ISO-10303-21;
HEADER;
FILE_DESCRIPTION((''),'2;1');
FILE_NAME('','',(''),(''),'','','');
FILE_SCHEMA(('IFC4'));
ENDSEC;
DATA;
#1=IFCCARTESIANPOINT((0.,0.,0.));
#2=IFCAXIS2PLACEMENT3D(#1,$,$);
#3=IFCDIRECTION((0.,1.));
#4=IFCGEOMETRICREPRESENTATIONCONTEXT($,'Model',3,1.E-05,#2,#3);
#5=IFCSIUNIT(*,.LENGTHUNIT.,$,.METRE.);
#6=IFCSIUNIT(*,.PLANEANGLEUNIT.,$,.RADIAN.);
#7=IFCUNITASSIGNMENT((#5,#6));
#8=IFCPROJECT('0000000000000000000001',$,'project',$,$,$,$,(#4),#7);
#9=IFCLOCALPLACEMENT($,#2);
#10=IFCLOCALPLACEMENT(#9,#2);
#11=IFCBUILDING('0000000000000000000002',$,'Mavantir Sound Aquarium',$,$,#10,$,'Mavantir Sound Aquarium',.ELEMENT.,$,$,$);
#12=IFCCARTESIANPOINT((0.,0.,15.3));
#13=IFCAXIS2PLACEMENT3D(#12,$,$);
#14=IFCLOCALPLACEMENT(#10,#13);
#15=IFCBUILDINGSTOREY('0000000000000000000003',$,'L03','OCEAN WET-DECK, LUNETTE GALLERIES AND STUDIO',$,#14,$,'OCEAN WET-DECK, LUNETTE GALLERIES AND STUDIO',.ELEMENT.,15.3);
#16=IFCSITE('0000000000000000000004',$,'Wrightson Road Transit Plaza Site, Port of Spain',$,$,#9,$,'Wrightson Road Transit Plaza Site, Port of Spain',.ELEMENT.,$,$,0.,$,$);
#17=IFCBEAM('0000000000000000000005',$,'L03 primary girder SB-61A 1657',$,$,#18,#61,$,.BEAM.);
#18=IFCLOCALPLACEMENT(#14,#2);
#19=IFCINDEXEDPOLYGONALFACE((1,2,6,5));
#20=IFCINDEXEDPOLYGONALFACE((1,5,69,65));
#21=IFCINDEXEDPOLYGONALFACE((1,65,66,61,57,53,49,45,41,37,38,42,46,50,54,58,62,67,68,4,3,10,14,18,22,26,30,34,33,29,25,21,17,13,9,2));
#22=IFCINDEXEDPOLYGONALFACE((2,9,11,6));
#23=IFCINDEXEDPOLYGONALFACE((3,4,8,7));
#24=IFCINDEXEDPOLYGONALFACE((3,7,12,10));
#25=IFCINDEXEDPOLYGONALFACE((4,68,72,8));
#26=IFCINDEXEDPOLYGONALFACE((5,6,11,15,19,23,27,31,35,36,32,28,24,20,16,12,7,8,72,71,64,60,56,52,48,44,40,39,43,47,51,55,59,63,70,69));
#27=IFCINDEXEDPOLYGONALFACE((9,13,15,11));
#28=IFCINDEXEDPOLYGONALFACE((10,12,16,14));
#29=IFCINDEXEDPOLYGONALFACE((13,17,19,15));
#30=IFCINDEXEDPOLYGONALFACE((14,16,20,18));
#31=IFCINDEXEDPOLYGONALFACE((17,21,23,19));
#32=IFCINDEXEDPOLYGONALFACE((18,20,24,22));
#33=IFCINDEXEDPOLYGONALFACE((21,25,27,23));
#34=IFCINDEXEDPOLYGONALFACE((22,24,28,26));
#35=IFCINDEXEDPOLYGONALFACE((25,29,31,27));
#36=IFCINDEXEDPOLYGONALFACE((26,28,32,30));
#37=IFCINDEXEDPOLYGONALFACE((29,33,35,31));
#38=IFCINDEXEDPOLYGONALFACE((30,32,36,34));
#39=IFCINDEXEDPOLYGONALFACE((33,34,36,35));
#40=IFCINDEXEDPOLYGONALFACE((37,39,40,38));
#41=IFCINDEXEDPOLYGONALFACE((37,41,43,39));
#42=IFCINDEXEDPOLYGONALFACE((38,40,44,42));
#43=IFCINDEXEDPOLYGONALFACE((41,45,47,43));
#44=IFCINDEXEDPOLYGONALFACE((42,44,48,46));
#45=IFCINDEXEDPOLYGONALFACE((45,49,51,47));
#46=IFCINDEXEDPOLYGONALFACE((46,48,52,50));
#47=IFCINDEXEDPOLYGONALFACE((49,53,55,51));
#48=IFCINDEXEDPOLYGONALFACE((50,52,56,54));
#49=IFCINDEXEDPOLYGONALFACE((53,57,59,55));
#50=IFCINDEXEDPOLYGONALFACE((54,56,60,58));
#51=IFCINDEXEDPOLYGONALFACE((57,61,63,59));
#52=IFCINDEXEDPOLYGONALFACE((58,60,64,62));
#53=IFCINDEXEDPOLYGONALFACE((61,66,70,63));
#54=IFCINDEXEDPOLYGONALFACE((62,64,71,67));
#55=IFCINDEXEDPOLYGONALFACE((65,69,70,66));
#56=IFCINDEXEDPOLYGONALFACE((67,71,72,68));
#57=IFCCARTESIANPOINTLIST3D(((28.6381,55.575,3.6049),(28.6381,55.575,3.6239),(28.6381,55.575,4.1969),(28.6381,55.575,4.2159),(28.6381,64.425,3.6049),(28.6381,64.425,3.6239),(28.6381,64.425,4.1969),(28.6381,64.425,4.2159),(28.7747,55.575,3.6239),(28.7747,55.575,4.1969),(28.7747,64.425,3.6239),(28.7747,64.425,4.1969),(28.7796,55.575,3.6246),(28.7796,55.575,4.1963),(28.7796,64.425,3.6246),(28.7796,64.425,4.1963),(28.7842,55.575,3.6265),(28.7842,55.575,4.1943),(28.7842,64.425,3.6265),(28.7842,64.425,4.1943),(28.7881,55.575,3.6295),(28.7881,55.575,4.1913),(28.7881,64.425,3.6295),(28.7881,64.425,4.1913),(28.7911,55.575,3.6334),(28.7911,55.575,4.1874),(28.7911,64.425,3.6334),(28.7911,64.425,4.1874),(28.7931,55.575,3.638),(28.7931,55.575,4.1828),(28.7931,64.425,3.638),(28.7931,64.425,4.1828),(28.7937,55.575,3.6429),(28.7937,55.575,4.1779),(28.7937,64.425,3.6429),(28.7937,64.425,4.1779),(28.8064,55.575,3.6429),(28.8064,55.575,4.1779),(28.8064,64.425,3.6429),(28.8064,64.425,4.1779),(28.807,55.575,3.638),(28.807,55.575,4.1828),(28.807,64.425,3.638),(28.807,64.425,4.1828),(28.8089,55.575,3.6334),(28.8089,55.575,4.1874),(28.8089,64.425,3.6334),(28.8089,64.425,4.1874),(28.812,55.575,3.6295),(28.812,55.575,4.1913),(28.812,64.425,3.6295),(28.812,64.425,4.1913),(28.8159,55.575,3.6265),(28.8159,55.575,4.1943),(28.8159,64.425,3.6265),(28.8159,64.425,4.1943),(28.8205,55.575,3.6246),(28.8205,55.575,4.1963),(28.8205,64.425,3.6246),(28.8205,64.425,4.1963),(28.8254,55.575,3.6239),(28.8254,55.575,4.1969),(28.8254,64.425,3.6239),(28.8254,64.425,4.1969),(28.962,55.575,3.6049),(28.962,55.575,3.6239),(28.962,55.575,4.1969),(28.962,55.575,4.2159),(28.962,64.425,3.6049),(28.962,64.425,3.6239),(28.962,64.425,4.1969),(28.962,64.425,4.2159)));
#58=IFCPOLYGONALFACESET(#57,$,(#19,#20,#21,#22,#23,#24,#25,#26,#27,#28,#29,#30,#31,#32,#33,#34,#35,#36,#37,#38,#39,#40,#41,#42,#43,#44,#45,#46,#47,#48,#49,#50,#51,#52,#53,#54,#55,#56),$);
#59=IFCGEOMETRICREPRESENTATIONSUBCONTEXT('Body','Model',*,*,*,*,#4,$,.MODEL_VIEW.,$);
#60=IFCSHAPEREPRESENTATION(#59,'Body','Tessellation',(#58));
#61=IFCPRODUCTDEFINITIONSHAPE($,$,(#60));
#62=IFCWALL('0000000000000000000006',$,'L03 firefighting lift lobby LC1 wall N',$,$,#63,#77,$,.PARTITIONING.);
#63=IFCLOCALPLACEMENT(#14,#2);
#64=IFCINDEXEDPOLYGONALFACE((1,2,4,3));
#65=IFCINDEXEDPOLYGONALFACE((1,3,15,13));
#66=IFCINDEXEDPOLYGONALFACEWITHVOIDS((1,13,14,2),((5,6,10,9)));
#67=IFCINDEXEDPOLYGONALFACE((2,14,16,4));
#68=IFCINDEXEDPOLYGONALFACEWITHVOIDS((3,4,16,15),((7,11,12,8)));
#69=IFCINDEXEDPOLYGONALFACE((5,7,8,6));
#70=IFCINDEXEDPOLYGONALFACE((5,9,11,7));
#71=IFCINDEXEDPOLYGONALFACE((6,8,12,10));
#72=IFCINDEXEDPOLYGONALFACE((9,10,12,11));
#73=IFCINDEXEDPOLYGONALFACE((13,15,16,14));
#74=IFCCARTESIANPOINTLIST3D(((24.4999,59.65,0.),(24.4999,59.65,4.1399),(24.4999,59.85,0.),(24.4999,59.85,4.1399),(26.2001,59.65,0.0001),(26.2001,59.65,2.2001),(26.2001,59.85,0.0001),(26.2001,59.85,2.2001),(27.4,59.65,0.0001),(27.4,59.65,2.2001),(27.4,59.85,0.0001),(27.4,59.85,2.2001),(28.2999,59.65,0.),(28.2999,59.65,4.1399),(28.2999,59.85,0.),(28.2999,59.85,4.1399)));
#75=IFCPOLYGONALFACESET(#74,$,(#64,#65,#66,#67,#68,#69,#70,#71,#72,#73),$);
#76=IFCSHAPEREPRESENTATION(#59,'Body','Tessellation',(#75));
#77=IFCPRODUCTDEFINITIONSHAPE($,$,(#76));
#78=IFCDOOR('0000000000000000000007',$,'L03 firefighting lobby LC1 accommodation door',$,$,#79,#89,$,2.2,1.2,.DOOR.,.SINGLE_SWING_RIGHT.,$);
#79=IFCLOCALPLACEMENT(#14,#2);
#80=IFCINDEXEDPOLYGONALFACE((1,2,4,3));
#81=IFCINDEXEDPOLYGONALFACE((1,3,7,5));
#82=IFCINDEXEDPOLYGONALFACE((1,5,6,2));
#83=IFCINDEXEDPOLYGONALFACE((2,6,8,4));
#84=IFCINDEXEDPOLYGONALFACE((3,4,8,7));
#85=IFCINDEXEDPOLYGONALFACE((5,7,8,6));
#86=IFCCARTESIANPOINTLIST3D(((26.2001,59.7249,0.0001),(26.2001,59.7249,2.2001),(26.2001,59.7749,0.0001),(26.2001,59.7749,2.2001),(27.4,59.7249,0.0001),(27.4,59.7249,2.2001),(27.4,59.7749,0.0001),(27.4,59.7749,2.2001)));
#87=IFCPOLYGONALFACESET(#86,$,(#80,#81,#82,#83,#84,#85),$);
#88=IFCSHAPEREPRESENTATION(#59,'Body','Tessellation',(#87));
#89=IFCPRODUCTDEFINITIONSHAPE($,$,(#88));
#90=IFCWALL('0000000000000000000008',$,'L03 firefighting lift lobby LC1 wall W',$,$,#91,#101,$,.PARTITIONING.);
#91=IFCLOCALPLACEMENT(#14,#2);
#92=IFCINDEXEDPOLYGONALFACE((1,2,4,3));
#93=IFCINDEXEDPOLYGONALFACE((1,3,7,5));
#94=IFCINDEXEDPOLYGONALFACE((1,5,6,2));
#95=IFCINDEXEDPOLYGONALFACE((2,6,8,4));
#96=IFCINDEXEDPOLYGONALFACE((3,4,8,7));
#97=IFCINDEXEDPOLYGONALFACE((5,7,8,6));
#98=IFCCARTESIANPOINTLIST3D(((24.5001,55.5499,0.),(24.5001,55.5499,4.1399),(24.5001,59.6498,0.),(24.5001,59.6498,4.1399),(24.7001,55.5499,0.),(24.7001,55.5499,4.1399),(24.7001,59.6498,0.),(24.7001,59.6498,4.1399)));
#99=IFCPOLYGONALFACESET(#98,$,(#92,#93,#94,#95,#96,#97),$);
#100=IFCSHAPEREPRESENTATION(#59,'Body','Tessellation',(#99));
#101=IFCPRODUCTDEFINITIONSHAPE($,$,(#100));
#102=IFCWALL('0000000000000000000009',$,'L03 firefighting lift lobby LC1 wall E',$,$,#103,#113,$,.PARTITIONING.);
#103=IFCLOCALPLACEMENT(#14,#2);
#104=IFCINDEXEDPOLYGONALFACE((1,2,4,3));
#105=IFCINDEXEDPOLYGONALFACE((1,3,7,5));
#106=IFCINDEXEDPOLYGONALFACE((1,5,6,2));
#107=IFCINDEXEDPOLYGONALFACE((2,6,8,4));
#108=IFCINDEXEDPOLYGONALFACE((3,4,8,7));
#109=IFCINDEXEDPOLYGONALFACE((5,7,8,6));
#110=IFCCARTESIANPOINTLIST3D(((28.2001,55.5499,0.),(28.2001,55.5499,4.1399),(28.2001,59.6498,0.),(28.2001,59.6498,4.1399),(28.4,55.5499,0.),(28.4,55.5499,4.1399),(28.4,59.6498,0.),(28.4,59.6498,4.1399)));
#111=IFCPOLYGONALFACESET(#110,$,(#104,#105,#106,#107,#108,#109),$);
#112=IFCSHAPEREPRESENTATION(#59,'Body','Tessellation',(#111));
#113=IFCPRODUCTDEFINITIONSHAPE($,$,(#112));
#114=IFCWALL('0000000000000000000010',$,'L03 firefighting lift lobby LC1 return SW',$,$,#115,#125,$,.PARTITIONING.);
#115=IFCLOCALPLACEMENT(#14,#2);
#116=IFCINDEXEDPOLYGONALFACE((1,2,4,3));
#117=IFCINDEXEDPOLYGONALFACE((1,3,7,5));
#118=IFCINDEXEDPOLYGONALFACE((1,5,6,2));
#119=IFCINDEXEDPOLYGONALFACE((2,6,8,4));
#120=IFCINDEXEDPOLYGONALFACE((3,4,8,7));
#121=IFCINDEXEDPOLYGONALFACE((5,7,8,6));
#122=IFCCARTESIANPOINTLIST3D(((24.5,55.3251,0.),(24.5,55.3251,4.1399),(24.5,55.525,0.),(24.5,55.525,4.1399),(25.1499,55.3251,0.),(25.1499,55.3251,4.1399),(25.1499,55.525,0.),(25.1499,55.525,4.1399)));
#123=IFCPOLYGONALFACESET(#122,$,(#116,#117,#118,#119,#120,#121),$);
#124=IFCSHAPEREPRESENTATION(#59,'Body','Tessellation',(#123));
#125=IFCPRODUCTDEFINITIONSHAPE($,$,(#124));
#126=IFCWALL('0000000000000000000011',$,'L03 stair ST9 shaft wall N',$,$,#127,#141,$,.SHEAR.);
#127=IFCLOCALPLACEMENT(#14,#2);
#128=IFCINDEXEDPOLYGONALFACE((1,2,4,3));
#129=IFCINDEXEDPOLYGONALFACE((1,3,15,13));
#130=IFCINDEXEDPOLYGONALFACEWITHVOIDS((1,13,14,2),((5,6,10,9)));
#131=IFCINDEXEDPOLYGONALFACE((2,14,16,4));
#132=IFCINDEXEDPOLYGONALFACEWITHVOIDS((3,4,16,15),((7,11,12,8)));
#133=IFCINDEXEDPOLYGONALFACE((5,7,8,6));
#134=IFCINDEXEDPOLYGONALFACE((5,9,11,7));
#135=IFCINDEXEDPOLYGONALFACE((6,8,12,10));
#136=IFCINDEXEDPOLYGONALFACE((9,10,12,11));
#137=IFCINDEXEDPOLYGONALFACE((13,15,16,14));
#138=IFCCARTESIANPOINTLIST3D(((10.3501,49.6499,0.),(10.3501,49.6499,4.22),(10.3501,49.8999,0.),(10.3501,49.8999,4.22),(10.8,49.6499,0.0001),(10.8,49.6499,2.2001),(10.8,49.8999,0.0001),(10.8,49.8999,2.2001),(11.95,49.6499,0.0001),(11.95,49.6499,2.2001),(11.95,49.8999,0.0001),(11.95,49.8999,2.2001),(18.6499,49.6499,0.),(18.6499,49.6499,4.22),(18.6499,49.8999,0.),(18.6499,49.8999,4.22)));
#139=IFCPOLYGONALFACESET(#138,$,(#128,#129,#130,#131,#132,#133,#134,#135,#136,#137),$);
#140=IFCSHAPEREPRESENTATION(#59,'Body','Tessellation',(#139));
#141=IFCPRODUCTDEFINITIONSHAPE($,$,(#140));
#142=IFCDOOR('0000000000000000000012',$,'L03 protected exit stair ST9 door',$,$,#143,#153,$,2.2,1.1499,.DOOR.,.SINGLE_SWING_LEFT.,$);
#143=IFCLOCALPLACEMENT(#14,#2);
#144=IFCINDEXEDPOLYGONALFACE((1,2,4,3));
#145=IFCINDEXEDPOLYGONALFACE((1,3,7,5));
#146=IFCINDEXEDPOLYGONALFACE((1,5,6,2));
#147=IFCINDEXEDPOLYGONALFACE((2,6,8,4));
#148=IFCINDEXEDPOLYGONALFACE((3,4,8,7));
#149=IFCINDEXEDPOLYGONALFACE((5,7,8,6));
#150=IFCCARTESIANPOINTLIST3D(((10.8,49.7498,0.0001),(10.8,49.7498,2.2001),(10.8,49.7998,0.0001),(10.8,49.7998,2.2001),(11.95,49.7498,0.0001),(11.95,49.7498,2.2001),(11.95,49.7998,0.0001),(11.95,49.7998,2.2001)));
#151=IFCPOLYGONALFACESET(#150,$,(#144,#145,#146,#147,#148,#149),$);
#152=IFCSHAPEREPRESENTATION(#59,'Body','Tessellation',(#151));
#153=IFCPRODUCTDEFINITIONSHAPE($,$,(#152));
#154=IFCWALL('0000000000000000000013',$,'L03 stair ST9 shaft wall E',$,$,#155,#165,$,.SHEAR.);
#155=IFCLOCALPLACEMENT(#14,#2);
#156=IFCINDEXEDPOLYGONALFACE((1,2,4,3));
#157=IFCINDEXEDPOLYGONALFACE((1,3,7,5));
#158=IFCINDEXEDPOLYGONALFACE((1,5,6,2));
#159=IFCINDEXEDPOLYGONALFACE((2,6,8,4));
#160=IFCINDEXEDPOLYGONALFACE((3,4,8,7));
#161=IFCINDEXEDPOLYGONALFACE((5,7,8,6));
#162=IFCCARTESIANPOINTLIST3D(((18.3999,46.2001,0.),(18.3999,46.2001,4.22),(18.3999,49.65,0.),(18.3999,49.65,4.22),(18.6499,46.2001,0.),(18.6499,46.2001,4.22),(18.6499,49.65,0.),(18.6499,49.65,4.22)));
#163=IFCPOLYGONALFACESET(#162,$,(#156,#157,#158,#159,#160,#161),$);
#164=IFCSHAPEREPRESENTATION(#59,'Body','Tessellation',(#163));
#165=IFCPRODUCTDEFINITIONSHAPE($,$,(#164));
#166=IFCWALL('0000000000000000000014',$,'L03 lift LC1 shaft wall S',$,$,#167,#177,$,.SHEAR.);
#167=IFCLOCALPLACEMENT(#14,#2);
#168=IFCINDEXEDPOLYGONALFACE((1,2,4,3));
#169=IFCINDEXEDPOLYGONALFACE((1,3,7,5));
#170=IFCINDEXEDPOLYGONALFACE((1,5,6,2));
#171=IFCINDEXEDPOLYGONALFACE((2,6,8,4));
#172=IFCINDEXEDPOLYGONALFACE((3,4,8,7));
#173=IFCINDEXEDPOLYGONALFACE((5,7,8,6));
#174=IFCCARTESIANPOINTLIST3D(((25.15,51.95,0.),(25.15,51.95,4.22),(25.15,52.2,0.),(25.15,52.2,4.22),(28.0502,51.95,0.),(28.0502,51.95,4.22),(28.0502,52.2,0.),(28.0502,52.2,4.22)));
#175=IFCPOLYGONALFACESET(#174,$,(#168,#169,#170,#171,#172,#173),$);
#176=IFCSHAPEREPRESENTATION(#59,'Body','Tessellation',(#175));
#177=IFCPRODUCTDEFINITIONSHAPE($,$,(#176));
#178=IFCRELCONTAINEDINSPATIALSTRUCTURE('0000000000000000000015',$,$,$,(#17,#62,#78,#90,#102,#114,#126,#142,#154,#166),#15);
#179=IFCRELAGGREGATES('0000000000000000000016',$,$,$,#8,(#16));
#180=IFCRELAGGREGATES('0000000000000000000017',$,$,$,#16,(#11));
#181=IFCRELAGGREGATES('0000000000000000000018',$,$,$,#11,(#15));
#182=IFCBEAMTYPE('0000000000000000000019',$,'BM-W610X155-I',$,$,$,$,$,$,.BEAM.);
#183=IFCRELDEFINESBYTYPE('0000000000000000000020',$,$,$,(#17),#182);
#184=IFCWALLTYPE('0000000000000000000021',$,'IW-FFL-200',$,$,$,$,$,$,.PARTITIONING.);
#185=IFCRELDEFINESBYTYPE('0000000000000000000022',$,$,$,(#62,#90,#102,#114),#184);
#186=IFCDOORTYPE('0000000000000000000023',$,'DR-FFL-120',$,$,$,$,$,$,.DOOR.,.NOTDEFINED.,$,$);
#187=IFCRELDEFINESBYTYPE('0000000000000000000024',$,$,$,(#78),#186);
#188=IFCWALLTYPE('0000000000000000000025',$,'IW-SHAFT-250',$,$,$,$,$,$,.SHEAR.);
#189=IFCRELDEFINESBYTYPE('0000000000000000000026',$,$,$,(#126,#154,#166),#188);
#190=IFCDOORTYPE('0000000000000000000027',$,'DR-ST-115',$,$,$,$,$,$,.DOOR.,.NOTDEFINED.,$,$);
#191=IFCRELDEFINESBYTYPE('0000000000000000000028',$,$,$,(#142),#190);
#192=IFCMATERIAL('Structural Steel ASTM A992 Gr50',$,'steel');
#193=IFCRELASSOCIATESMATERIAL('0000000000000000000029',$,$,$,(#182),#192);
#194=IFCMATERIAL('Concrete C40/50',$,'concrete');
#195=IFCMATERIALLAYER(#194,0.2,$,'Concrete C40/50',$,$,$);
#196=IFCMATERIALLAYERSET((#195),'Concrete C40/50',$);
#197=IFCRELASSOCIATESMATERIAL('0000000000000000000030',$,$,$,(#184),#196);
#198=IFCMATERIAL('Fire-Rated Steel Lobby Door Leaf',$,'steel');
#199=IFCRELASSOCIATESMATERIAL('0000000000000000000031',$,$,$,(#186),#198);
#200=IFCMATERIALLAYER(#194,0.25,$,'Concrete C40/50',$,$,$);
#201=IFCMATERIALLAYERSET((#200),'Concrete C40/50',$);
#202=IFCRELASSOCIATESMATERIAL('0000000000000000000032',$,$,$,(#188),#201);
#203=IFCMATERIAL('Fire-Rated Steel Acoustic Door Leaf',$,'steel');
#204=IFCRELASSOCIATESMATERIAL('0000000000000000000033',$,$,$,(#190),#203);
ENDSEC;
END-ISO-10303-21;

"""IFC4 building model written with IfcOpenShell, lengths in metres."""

from ifc_helpers import new_model, si_unit, direction, frame, frame_2d, origin, origin_2d, place, context, subcontext, project, spatial, rectangle, i_section, extrude, material, layer, layer_set, material_profile, profile_set, type_object, element, fill, save


model = new_model("IFC4")

# Units and contexts
model_context = context("Model", 3, precision=1e-05, world=origin(), true_north=direction((0.0, 1.0)))
body_context = subcontext(model_context, "Body", "Model", "MODEL_VIEW")
ifc_project = project(units=[si_unit("LENGTHUNIT", "METRE"), si_unit("PLANEANGLEUNIT", "RADIAN")], contexts=[model_context])

# Site, building, storey
site_placement = place(None, origin())
site = spatial("IfcSite", under=ifc_project, at=site_placement, Name="Wrightson Road Transit Plaza Site, Port of Spain", LongName="Wrightson Road Transit Plaza Site, Port of Spain", CompositionType="ELEMENT", RefElevation=0.0)
building_placement = place(site_placement, origin())
building = spatial("IfcBuilding", under=site, at=building_placement, Name="Mavantir Sound Aquarium", LongName="Mavantir Sound Aquarium", CompositionType="ELEMENT")
storey_placement = place(building_placement, frame((0.0, 0.0, 15.3)))
storey = spatial("IfcBuildingStorey", under=building, at=storey_placement, Name="L03", Description="OCEAN WET-DECK, LUNETTE GALLERIES AND STUDIO", LongName="OCEAN WET-DECK, LUNETTE GALLERIES AND STUDIO", CompositionType="ELEMENT", Elevation=15.3)

# Shared definitions
ifc_material_1 = material(Name="Concrete C40/50", Category="concrete")

# Beam
ifc_material_2 = material(Name="Structural Steel ASTM A992 Gr50", Category="steel")
ifc_material_profile_1 = material_profile(ifc_material_2, i_section(OverallWidth=0.324, OverallDepth=0.6111, WebThickness=0.0127, FlangeThickness=0.019, FilletRadius=0.019, at=origin_2d()), Name="W610X155")
ifc_profile_set_1 = profile_set([ifc_material_profile_1], Name="Structural Steel ASTM A992 Gr50")
beam_type_1 = type_object("IfcBeamType", Name="BM-W610X155-I", PredefinedType="BEAM", material=ifc_profile_set_1)
beam_1_placement = place(storey_placement, frame((28.8, 55.575, 3.9104), z_axis=(0.0, 1.0, 0.0), x_axis=(-1.0, 0.0, 0.0)))
element("IfcBeam", 1, at=beam_1_placement, inside=storey, type_object=beam_type_1, Name="L03 primary girder SB-61A 1657", PredefinedType="BEAM", context=body_context, shape_type="SweptSolid", body=[
    extrude(i_section(OverallWidth=0.324, OverallDepth=0.6111, WebThickness=0.0127, FlangeThickness=0.019, FilletRadius=0.019, at=origin_2d()), origin(), (0.0, 0.0, 1.0), 8.8501),
])

# Wall, opening, door
ifc_layer_1 = layer(ifc_material_1, 0.2, Name="Concrete C40/50")
ifc_layer_set_1 = layer_set([ifc_layer_1], Name="Concrete C40/50")
wall_type_1 = type_object("IfcWallType", Name="IW-FFL-200", PredefinedType="PARTITIONING", material=ifc_layer_set_1)
wall_1_placement = place(storey_placement, frame((24.5, 59.75, 0.0), z_axis=(0.0, 0.0, 1.0), x_axis=(1.0, 0.0, 0.0)))
wall_1 = element("IfcWall", 2, at=wall_1_placement, inside=storey, type_object=wall_type_1, Name="L03 firefighting lift lobby LC1 wall N", PredefinedType="PARTITIONING", context=body_context, shape_type="SweptSolid", body=[
    extrude(rectangle(XDim=3.8, YDim=0.2, at=frame_2d((1.8999, 0.0))), origin(), (0.0, 0.0, 1.0), 4.1399),
])
opening_1_placement = place(wall_1_placement, frame((1.7, 0.0, 0.0)))
opening_1 = element("IfcOpeningElement", 3, at=opening_1_placement, cuts=wall_1, PredefinedType="OPENING", context=body_context, shape_type="SweptSolid", body=[
    extrude(rectangle(XDim=1.2, YDim=2.2, at=frame_2d((0.6001, 1.1001))), frame((0.0, 0.1099, 0.0), z_axis=(0.0, -1.0, 0.0), x_axis=(1.0, 0.0, 0.0)), (0.0, 0.0, 1.0), 0.22),
])
ifc_material_3 = material(Name="Fire-Rated Steel Lobby Door Leaf", Category="steel")
door_type_1 = type_object("IfcDoorType", Name="DR-FFL-120", OperationType="NOTDEFINED", PredefinedType="DOOR", material=ifc_material_3)
door_1_placement = place(opening_1_placement, origin())
door_1 = element("IfcDoor", 4, at=door_1_placement, inside=storey, type_object=door_type_1, Name="L03 firefighting lobby LC1 accommodation door", OperationType="SINGLE_SWING_RIGHT", OverallHeight=2.2, OverallWidth=1.2, PredefinedType="DOOR", context=body_context, shape_type="SweptSolid", body=[
    extrude(rectangle(XDim=1.2, YDim=2.2, at=frame_2d((0.6001, 1.1001))), frame((0.0, 0.0249, 0.0), z_axis=(0.0, -1.0, 0.0), x_axis=(1.0, 0.0, 0.0)), (0.0, 0.0, 1.0), 0.05),
])
fill(opening_1, door_1)

# Walls
for number, where, z_axis, x_axis, name in (
    (5, (24.6001, 55.55, 0.0), (0.0, 0.0, 1.0), (0.0, 1.0, 0.0), "L03 firefighting lift lobby LC1 wall W"),
    (6, (28.3, 55.55, 0.0), (0.0, 0.0, 1.0), (0.0, 1.0, 0.0), "L03 firefighting lift lobby LC1 wall E"),
):
    element("IfcWall", number, at=place(storey_placement, frame(where, z_axis=z_axis, x_axis=x_axis)), inside=storey, type_object=wall_type_1, Name=name, PredefinedType="PARTITIONING", context=body_context, shape_type="SweptSolid", body=[
        extrude(rectangle(XDim=4.0999, YDim=0.2, at=frame_2d((2.0498, 0.0))), origin(), (0.0, 0.0, 1.0), 4.1399),
    ])
wall_2_placement = place(storey_placement, frame((24.5, 55.425, 0.0), z_axis=(0.0, 0.0, 1.0), x_axis=(1.0, 0.0, 0.0)))
element("IfcWall", 7, at=wall_2_placement, inside=storey, type_object=wall_type_1, Name="L03 firefighting lift lobby LC1 return SW", PredefinedType="PARTITIONING", context=body_context, shape_type="SweptSolid", body=[
    extrude(rectangle(XDim=0.6499, YDim=0.2, at=frame_2d((0.325, 0.0))), origin(), (0.0, 0.0, 1.0), 4.1399),
])

# Wall, opening, door
ifc_layer_2 = layer(ifc_material_1, 0.25, Name="Concrete C40/50")
ifc_layer_set_2 = layer_set([ifc_layer_2], Name="Concrete C40/50")
wall_type_2 = type_object("IfcWallType", Name="IW-SHAFT-250", PredefinedType="SHEAR", material=ifc_layer_set_2)
wall_3_placement = place(storey_placement, frame((18.6499, 49.7749, 0.0), z_axis=(0.0, 0.0, 1.0), x_axis=(-1.0, 0.0, 0.0)))
wall_3 = element("IfcWall", 8, at=wall_3_placement, inside=storey, type_object=wall_type_2, Name="L03 stair ST9 shaft wall N", PredefinedType="SHEAR", context=body_context, shape_type="SweptSolid", body=[
    extrude(rectangle(XDim=8.2998, YDim=0.25, at=frame_2d((4.1499, 0.0))), origin(), (0.0, 0.0, 1.0), 4.22),
])
opening_2_placement = place(wall_3_placement, frame((7.8499, 0.0, 0.0), z_axis=(0.0, 0.0, 1.0), x_axis=(-1.0, 0.0, 0.0)))
opening_2 = element("IfcOpeningElement", 9, at=opening_2_placement, cuts=wall_3, PredefinedType="OPENING", context=body_context, shape_type="SweptSolid", body=[
    extrude(rectangle(XDim=1.1499, YDim=2.2, at=frame_2d((0.575, 1.1001))), frame((0.0, 0.135, 0.0), z_axis=(0.0, -1.0, 0.0), x_axis=(1.0, 0.0, 0.0)), (0.0, 0.0, 1.0), 0.27),
])
ifc_material_4 = material(Name="Fire-Rated Steel Acoustic Door Leaf", Category="steel")
door_type_2 = type_object("IfcDoorType", Name="DR-ST-115", OperationType="NOTDEFINED", PredefinedType="DOOR", material=ifc_material_4)
door_2_placement = place(opening_2_placement, origin())
door_2 = element("IfcDoor", 10, at=door_2_placement, inside=storey, type_object=door_type_2, Name="L03 protected exit stair ST9 door", OperationType="SINGLE_SWING_LEFT", OverallHeight=2.2, OverallWidth=1.1499, PredefinedType="DOOR", context=body_context, shape_type="SweptSolid", body=[
    extrude(rectangle(XDim=1.1499, YDim=2.2, at=frame_2d((0.575, 1.1001))), frame((0.0, 0.0249, 0.0), z_axis=(0.0, -1.0, 0.0), x_axis=(1.0, 0.0, 0.0)), (0.0, 0.0, 1.0), 0.05),
])
fill(opening_2, door_2)

# Walls
wall_4_placement = place(storey_placement, frame((18.5249, 46.2, 0.0), z_axis=(0.0, 0.0, 1.0), x_axis=(0.0, 1.0, 0.0)))
element("IfcWall", 11, at=wall_4_placement, inside=storey, type_object=wall_type_2, Name="L03 stair ST9 shaft wall E", PredefinedType="SHEAR", context=body_context, shape_type="SweptSolid", body=[
    extrude(rectangle(XDim=3.45, YDim=0.25, at=frame_2d((1.7251, 0.0))), origin(), (0.0, 0.0, 1.0), 4.22),
])
wall_5_placement = place(storey_placement, frame((25.1499, 52.075, 0.0), z_axis=(0.0, 0.0, 1.0), x_axis=(1.0, 0.0, 0.0)))
element("IfcWall", 12, at=wall_5_placement, inside=storey, type_object=wall_type_2, Name="L03 lift LC1 shaft wall S", PredefinedType="SHEAR", context=body_context, shape_type="SweptSolid", body=[
    extrude(rectangle(XDim=2.9001, YDim=0.25, at=frame_2d((1.4502, 0.0))), origin(), (0.0, 0.0, 1.0), 4.22),
])

save(model, "model.ifc")
